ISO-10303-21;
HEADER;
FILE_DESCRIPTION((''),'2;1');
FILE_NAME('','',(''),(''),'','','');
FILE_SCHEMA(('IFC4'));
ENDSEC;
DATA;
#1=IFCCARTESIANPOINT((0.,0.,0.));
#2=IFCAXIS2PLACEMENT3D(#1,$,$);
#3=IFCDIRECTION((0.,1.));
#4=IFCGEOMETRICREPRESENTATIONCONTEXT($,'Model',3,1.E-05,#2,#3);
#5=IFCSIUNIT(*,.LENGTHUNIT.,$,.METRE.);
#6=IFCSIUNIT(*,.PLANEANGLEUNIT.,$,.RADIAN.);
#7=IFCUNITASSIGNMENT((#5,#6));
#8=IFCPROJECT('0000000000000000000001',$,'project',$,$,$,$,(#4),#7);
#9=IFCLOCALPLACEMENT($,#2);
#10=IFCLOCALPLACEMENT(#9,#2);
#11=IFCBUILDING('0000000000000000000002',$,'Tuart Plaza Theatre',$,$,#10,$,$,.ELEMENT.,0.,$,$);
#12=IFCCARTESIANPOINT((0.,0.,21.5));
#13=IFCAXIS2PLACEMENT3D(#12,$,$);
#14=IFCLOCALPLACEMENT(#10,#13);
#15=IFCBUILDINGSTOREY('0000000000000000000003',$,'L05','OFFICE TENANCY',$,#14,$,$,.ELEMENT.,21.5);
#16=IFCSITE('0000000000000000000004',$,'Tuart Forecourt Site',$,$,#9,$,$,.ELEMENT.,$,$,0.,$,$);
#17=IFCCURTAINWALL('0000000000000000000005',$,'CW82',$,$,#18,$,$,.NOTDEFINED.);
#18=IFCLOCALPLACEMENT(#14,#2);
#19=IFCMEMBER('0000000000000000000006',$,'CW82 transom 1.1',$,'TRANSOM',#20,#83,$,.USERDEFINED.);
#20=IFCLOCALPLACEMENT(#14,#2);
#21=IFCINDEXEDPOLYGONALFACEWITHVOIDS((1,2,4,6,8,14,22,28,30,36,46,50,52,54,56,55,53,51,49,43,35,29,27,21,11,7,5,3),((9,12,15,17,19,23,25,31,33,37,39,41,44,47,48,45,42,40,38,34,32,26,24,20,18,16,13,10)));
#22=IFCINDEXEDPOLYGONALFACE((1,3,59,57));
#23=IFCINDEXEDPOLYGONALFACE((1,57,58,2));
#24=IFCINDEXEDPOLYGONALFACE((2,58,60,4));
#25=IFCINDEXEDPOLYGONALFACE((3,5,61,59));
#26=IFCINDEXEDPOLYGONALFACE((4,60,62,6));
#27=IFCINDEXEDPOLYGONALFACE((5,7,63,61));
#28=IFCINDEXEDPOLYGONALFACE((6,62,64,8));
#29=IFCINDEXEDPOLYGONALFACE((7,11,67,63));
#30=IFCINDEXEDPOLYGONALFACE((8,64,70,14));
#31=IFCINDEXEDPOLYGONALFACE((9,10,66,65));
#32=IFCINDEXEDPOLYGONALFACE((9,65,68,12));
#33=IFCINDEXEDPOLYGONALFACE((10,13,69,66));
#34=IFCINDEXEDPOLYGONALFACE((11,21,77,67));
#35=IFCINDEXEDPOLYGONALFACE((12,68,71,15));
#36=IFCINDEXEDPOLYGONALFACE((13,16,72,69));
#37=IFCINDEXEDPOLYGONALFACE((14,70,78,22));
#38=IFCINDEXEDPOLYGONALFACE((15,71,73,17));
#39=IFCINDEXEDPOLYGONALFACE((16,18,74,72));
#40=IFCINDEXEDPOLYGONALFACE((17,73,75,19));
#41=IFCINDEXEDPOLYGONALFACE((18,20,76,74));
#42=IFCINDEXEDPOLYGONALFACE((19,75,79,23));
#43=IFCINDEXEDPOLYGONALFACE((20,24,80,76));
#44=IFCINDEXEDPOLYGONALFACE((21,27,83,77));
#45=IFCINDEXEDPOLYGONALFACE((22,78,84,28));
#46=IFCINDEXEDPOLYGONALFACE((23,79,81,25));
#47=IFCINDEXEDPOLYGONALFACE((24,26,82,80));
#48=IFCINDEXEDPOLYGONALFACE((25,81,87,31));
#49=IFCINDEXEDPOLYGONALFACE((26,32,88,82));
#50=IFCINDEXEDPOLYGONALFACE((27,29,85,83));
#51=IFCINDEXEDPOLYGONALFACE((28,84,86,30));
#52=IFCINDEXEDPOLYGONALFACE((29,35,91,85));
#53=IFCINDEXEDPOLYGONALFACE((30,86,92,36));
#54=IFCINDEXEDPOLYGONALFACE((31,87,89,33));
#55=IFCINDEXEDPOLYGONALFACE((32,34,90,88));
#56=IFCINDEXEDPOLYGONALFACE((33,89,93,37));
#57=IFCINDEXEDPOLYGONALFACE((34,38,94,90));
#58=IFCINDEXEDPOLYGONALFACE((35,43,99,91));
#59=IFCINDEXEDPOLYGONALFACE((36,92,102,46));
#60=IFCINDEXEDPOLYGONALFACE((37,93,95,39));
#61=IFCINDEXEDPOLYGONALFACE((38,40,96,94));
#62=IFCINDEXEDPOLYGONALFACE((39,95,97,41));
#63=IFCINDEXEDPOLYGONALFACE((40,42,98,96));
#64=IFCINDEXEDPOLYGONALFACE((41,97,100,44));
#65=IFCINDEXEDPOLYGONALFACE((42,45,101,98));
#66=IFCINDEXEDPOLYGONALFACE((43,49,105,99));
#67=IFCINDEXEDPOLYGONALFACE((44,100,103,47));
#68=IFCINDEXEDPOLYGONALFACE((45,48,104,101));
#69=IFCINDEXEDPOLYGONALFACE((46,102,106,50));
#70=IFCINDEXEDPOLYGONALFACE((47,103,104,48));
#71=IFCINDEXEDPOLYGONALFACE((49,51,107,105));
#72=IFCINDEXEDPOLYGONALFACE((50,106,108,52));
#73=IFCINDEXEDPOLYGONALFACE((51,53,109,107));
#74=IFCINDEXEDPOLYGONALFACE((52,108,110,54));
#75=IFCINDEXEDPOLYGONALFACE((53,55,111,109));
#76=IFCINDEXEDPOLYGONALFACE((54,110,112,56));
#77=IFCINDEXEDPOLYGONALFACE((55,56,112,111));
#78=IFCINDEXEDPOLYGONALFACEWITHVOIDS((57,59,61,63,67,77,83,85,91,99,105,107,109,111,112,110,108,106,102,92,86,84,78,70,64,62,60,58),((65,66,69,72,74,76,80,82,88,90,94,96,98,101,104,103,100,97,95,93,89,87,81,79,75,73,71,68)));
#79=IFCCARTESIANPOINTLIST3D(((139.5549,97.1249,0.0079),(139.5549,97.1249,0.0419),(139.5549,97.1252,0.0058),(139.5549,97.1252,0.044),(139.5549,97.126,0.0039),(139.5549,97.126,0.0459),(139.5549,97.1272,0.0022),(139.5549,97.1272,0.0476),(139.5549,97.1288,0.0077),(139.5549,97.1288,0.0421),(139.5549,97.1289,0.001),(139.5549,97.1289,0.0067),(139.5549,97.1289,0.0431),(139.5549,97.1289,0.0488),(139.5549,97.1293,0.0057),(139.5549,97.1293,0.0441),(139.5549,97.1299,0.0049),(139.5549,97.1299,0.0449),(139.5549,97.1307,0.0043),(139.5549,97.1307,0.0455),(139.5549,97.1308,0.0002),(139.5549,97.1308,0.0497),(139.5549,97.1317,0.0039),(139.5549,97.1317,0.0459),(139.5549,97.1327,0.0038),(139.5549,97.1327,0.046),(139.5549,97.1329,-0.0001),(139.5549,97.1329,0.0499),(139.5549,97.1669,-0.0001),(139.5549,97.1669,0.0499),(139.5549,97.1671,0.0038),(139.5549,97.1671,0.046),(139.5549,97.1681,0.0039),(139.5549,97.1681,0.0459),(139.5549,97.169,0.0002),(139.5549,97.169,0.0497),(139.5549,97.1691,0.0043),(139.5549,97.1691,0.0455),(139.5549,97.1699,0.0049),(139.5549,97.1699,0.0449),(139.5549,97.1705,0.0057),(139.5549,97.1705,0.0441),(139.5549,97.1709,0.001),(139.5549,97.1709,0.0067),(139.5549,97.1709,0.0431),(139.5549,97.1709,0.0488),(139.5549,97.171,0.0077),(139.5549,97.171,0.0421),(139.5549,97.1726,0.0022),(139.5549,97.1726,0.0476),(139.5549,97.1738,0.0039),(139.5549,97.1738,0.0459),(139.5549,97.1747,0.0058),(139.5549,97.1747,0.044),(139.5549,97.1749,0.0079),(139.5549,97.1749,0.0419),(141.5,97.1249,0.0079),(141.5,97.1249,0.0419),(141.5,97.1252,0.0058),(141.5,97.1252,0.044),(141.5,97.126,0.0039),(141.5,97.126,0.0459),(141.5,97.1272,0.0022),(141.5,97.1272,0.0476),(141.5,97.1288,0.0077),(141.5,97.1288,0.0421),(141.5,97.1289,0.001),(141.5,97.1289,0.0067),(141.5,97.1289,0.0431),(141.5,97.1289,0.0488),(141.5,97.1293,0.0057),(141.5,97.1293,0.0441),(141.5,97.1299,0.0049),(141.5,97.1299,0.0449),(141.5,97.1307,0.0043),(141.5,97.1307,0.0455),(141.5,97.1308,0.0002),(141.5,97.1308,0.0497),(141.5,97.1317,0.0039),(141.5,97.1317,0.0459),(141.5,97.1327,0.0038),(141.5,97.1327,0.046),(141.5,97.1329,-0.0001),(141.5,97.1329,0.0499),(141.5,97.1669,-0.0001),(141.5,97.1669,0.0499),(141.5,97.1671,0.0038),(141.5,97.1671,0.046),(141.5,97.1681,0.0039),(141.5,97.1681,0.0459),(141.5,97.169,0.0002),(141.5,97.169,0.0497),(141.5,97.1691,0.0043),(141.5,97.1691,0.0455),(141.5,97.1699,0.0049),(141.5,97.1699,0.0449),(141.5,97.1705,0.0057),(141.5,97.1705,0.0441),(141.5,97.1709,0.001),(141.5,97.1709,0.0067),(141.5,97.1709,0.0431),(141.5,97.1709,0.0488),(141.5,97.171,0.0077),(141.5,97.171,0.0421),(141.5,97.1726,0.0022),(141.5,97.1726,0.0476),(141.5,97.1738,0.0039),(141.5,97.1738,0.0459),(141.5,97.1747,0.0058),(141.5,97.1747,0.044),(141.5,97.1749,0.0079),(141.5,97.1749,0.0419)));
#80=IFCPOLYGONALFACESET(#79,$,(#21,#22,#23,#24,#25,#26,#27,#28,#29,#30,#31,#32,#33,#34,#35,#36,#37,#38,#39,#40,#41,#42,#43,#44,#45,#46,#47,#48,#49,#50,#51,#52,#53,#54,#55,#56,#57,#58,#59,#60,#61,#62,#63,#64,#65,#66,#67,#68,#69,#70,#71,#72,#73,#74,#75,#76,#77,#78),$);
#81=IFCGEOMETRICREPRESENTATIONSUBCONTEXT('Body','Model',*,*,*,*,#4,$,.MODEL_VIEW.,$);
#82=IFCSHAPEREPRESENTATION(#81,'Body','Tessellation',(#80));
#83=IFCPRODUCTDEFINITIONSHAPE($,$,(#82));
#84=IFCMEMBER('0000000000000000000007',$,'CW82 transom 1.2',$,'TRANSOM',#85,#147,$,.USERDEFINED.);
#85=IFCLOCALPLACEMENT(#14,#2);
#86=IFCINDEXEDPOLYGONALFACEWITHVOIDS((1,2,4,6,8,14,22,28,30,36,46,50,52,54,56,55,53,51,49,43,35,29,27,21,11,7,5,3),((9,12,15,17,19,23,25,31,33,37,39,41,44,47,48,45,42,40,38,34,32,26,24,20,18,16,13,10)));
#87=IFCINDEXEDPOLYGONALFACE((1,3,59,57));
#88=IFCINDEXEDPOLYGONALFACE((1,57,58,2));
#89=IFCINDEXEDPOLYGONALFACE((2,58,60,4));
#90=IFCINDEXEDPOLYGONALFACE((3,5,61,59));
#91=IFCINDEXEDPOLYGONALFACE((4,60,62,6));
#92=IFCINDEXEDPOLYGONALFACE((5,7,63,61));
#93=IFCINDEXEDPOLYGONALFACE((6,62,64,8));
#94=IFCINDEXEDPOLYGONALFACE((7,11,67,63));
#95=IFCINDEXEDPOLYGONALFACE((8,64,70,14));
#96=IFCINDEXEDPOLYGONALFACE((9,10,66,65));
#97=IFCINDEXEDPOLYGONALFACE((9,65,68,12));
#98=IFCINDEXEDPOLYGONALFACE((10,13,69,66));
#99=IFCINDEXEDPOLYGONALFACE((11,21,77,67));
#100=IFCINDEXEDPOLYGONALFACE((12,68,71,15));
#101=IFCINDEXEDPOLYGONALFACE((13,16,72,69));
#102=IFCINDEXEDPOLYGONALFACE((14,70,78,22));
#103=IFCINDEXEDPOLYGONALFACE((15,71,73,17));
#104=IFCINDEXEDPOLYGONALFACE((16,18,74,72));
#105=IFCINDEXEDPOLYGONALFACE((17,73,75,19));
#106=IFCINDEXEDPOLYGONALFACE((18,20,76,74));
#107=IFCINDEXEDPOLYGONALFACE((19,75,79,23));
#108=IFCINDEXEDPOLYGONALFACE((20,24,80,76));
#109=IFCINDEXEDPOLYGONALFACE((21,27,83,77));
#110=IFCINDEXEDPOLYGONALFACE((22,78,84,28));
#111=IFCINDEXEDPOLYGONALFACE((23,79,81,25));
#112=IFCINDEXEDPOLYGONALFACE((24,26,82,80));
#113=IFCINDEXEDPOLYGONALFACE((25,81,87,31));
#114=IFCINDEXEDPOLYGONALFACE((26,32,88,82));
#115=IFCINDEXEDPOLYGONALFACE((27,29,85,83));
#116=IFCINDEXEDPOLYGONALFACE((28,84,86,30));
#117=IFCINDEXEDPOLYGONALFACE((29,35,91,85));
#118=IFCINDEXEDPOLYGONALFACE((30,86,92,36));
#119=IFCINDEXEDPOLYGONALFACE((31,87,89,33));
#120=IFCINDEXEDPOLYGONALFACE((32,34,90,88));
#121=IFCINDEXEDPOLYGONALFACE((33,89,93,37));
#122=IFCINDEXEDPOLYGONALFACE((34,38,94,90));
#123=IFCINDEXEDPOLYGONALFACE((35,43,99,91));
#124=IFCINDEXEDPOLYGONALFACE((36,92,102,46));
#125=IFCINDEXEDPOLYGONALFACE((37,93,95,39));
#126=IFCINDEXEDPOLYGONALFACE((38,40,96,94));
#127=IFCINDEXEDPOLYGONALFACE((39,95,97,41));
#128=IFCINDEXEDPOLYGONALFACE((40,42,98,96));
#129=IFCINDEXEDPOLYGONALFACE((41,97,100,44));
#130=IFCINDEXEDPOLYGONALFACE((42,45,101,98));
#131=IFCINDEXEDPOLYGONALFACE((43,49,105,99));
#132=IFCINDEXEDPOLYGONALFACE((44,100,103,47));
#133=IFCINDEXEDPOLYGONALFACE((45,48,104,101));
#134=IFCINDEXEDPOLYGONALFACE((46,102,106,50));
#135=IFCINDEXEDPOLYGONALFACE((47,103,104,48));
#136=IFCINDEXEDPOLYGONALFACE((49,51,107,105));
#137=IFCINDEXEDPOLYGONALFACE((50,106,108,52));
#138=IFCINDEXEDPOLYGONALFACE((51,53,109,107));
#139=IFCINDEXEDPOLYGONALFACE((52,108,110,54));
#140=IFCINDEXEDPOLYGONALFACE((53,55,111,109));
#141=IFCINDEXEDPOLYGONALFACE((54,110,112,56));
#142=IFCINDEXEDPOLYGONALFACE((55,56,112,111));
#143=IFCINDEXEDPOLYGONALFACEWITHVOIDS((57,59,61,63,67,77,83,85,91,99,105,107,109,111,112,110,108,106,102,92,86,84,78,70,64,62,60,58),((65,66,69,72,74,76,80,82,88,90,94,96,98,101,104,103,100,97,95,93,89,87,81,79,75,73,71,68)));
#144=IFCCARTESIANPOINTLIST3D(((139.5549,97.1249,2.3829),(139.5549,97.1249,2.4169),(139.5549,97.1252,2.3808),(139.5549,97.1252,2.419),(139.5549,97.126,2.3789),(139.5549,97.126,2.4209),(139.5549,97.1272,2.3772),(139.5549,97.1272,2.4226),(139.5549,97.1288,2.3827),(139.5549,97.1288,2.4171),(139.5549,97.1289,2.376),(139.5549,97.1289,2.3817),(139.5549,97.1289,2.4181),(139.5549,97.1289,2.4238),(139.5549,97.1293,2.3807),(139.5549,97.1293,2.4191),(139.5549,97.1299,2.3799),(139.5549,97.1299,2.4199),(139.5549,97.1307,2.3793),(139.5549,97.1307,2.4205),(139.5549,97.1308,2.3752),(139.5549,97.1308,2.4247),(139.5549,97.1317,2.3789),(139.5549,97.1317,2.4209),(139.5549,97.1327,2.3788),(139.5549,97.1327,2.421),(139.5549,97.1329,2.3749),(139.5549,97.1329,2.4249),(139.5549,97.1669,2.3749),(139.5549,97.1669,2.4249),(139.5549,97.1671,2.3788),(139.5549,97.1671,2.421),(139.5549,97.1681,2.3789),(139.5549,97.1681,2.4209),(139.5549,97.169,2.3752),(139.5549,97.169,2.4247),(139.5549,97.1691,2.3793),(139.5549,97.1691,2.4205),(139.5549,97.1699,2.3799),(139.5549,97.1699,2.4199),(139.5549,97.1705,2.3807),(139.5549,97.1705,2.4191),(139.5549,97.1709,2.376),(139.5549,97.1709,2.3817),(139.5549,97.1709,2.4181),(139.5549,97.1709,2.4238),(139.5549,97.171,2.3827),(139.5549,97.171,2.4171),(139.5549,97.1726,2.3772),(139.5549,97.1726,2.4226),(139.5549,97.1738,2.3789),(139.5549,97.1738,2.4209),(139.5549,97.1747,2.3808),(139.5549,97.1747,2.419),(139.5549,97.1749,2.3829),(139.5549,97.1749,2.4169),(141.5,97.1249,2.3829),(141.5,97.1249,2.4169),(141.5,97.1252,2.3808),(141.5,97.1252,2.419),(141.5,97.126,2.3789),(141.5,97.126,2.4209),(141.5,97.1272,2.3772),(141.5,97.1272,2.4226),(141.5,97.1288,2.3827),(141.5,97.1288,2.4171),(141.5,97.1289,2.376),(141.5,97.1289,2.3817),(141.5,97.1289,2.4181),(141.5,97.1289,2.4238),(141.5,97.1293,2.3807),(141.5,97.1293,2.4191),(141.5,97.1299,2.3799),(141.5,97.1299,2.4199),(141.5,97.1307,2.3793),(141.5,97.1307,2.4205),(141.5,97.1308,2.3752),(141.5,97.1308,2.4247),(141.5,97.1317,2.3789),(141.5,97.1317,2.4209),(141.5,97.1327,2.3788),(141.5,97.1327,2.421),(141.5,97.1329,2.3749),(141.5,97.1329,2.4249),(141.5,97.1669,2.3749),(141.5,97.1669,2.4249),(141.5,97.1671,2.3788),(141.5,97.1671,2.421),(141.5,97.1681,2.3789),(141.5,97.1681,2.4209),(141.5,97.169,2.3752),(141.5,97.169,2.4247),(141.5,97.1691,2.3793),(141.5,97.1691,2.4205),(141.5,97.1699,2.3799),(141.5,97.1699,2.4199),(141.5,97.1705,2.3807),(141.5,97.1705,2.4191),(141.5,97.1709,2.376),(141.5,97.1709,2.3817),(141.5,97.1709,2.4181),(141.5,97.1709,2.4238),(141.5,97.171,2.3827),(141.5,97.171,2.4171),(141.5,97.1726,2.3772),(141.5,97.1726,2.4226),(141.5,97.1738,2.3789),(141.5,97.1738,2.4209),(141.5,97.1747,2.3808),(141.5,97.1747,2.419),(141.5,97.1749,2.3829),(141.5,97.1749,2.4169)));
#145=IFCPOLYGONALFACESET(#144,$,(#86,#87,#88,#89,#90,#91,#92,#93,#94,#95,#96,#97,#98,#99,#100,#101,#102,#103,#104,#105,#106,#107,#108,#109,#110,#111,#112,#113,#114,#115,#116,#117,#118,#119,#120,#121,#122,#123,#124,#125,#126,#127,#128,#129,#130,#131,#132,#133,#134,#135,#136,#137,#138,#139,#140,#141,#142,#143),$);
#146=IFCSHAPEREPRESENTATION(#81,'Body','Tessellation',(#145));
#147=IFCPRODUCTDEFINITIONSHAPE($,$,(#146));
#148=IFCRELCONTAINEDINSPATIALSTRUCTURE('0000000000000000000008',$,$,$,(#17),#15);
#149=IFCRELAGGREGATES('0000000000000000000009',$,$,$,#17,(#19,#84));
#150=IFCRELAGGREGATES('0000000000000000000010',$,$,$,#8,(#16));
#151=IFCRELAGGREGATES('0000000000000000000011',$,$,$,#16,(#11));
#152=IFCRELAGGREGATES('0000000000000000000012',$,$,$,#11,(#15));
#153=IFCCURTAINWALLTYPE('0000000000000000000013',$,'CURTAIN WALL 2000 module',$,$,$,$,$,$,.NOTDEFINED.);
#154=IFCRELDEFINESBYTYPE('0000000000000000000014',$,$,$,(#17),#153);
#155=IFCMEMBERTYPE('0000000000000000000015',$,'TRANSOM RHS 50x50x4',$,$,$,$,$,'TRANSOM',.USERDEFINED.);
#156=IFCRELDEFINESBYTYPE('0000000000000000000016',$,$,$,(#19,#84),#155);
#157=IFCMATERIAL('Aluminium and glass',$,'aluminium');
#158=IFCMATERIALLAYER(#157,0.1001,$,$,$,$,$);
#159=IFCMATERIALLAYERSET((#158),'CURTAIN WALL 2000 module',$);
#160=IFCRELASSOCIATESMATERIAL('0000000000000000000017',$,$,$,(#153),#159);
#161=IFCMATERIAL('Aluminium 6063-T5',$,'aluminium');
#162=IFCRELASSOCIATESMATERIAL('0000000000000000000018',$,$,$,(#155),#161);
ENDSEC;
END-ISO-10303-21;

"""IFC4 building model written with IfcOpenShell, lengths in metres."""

from ifc_helpers import new_model, si_unit, direction, frame, origin, origin_2d, place, context, subcontext, project, spatial, hollow_rectangle, extrude, material, layer, layer_set, material_profile, profile_set, type_object, element, aggregate, save


model = new_model("IFC4")

# Units and contexts
model_context = context("Model", 3, precision=1e-05, world=origin(), true_north=direction((0.0, 1.0)))
body_context = subcontext(model_context, "Body", "Model", "MODEL_VIEW")
ifc_project = project(units=[si_unit("LENGTHUNIT", "METRE"), si_unit("PLANEANGLEUNIT", "RADIAN")], contexts=[model_context])

# Site, building, storey
site_placement = place(None, origin())
site = spatial("IfcSite", under=ifc_project, at=site_placement, Name="Tuart Forecourt Site", CompositionType="ELEMENT", RefElevation=0.0)
building_placement = place(site_placement, origin())
building = spatial("IfcBuilding", under=site, at=building_placement, Name="Tuart Plaza Theatre", CompositionType="ELEMENT", ElevationOfRefHeight=0.0)
storey_placement = place(building_placement, frame((0.0, 0.0, 21.5)))
storey = spatial("IfcBuildingStorey", under=building, at=storey_placement, Name="L05", Description="OFFICE TENANCY", CompositionType="ELEMENT", Elevation=21.5)

# Shared definitions
ifc_material_1 = material(Name="Aluminium and glass", Category="aluminium")
ifc_layer_1 = layer(ifc_material_1, 0.1001)
ifc_layer_set_1 = layer_set([ifc_layer_1], Name="CURTAIN WALL 2000 module")
curtain_wall_type = type_object("IfcCurtainWallType", Name="CURTAIN WALL 2000 module", PredefinedType="NOTDEFINED", material=ifc_layer_set_1)

# Curtain wall
curtain_wall_1_placement = place(storey_placement, origin())
curtain_wall_1 = element("IfcCurtainWall", 1, at=curtain_wall_1_placement, inside=storey, type_object=curtain_wall_type, Name="CW82", PredefinedType="NOTDEFINED")

# Members
ifc_material_2 = material(Name="Aluminium 6063-T5", Category="aluminium")
ifc_material_profile_1 = material_profile(ifc_material_2, hollow_rectangle(XDim=0.05, YDim=0.05, WallThickness=0.0039, InnerFilletRadius=0.0039, OuterFilletRadius=0.0081, at=origin_2d()), Name="RHS 50x50x4")
ifc_profile_set_1 = profile_set([ifc_material_profile_1], Name="Aluminium 6063-T5")
member_type_1 = type_object("IfcMemberType", Name="TRANSOM RHS 50x50x4", ElementType="TRANSOM", PredefinedType="USERDEFINED", material=ifc_profile_set_1)
member_1_placement = place(storey_placement, frame((141.5, 97.1499, 0.0249), z_axis=(-1.0, 0.0, 0.0), x_axis=(0.0, -1.0, 0.0)))
member_1 = element("IfcMember", 2, at=member_1_placement, type_object=member_type_1, Name="CW82 transom 1.1", ObjectType="TRANSOM", PredefinedType="USERDEFINED", context=body_context, shape_type="SweptSolid", body=[
    extrude(hollow_rectangle(XDim=0.05, YDim=0.05, WallThickness=0.0039, InnerFilletRadius=0.0039, OuterFilletRadius=0.0081, at=origin_2d()), origin(), (0.0, 0.0, 1.0), 1.9451),
])
member_2_placement = place(storey_placement, frame((141.5, 97.1499, 2.3999), z_axis=(-1.0, 0.0, 0.0), x_axis=(0.0, -1.0, 0.0)))
member_2 = element("IfcMember", 3, at=member_2_placement, type_object=member_type_1, Name="CW82 transom 1.2", ObjectType="TRANSOM", PredefinedType="USERDEFINED", context=body_context, shape_type="SweptSolid", body=[
    extrude(hollow_rectangle(XDim=0.05, YDim=0.05, WallThickness=0.0039, InnerFilletRadius=0.0039, OuterFilletRadius=0.0081, at=origin_2d()), origin(), (0.0, 0.0, 1.0), 1.9451),
])
aggregate(curtain_wall_1, [member_1, member_2])

save(model, "model.ifc")
